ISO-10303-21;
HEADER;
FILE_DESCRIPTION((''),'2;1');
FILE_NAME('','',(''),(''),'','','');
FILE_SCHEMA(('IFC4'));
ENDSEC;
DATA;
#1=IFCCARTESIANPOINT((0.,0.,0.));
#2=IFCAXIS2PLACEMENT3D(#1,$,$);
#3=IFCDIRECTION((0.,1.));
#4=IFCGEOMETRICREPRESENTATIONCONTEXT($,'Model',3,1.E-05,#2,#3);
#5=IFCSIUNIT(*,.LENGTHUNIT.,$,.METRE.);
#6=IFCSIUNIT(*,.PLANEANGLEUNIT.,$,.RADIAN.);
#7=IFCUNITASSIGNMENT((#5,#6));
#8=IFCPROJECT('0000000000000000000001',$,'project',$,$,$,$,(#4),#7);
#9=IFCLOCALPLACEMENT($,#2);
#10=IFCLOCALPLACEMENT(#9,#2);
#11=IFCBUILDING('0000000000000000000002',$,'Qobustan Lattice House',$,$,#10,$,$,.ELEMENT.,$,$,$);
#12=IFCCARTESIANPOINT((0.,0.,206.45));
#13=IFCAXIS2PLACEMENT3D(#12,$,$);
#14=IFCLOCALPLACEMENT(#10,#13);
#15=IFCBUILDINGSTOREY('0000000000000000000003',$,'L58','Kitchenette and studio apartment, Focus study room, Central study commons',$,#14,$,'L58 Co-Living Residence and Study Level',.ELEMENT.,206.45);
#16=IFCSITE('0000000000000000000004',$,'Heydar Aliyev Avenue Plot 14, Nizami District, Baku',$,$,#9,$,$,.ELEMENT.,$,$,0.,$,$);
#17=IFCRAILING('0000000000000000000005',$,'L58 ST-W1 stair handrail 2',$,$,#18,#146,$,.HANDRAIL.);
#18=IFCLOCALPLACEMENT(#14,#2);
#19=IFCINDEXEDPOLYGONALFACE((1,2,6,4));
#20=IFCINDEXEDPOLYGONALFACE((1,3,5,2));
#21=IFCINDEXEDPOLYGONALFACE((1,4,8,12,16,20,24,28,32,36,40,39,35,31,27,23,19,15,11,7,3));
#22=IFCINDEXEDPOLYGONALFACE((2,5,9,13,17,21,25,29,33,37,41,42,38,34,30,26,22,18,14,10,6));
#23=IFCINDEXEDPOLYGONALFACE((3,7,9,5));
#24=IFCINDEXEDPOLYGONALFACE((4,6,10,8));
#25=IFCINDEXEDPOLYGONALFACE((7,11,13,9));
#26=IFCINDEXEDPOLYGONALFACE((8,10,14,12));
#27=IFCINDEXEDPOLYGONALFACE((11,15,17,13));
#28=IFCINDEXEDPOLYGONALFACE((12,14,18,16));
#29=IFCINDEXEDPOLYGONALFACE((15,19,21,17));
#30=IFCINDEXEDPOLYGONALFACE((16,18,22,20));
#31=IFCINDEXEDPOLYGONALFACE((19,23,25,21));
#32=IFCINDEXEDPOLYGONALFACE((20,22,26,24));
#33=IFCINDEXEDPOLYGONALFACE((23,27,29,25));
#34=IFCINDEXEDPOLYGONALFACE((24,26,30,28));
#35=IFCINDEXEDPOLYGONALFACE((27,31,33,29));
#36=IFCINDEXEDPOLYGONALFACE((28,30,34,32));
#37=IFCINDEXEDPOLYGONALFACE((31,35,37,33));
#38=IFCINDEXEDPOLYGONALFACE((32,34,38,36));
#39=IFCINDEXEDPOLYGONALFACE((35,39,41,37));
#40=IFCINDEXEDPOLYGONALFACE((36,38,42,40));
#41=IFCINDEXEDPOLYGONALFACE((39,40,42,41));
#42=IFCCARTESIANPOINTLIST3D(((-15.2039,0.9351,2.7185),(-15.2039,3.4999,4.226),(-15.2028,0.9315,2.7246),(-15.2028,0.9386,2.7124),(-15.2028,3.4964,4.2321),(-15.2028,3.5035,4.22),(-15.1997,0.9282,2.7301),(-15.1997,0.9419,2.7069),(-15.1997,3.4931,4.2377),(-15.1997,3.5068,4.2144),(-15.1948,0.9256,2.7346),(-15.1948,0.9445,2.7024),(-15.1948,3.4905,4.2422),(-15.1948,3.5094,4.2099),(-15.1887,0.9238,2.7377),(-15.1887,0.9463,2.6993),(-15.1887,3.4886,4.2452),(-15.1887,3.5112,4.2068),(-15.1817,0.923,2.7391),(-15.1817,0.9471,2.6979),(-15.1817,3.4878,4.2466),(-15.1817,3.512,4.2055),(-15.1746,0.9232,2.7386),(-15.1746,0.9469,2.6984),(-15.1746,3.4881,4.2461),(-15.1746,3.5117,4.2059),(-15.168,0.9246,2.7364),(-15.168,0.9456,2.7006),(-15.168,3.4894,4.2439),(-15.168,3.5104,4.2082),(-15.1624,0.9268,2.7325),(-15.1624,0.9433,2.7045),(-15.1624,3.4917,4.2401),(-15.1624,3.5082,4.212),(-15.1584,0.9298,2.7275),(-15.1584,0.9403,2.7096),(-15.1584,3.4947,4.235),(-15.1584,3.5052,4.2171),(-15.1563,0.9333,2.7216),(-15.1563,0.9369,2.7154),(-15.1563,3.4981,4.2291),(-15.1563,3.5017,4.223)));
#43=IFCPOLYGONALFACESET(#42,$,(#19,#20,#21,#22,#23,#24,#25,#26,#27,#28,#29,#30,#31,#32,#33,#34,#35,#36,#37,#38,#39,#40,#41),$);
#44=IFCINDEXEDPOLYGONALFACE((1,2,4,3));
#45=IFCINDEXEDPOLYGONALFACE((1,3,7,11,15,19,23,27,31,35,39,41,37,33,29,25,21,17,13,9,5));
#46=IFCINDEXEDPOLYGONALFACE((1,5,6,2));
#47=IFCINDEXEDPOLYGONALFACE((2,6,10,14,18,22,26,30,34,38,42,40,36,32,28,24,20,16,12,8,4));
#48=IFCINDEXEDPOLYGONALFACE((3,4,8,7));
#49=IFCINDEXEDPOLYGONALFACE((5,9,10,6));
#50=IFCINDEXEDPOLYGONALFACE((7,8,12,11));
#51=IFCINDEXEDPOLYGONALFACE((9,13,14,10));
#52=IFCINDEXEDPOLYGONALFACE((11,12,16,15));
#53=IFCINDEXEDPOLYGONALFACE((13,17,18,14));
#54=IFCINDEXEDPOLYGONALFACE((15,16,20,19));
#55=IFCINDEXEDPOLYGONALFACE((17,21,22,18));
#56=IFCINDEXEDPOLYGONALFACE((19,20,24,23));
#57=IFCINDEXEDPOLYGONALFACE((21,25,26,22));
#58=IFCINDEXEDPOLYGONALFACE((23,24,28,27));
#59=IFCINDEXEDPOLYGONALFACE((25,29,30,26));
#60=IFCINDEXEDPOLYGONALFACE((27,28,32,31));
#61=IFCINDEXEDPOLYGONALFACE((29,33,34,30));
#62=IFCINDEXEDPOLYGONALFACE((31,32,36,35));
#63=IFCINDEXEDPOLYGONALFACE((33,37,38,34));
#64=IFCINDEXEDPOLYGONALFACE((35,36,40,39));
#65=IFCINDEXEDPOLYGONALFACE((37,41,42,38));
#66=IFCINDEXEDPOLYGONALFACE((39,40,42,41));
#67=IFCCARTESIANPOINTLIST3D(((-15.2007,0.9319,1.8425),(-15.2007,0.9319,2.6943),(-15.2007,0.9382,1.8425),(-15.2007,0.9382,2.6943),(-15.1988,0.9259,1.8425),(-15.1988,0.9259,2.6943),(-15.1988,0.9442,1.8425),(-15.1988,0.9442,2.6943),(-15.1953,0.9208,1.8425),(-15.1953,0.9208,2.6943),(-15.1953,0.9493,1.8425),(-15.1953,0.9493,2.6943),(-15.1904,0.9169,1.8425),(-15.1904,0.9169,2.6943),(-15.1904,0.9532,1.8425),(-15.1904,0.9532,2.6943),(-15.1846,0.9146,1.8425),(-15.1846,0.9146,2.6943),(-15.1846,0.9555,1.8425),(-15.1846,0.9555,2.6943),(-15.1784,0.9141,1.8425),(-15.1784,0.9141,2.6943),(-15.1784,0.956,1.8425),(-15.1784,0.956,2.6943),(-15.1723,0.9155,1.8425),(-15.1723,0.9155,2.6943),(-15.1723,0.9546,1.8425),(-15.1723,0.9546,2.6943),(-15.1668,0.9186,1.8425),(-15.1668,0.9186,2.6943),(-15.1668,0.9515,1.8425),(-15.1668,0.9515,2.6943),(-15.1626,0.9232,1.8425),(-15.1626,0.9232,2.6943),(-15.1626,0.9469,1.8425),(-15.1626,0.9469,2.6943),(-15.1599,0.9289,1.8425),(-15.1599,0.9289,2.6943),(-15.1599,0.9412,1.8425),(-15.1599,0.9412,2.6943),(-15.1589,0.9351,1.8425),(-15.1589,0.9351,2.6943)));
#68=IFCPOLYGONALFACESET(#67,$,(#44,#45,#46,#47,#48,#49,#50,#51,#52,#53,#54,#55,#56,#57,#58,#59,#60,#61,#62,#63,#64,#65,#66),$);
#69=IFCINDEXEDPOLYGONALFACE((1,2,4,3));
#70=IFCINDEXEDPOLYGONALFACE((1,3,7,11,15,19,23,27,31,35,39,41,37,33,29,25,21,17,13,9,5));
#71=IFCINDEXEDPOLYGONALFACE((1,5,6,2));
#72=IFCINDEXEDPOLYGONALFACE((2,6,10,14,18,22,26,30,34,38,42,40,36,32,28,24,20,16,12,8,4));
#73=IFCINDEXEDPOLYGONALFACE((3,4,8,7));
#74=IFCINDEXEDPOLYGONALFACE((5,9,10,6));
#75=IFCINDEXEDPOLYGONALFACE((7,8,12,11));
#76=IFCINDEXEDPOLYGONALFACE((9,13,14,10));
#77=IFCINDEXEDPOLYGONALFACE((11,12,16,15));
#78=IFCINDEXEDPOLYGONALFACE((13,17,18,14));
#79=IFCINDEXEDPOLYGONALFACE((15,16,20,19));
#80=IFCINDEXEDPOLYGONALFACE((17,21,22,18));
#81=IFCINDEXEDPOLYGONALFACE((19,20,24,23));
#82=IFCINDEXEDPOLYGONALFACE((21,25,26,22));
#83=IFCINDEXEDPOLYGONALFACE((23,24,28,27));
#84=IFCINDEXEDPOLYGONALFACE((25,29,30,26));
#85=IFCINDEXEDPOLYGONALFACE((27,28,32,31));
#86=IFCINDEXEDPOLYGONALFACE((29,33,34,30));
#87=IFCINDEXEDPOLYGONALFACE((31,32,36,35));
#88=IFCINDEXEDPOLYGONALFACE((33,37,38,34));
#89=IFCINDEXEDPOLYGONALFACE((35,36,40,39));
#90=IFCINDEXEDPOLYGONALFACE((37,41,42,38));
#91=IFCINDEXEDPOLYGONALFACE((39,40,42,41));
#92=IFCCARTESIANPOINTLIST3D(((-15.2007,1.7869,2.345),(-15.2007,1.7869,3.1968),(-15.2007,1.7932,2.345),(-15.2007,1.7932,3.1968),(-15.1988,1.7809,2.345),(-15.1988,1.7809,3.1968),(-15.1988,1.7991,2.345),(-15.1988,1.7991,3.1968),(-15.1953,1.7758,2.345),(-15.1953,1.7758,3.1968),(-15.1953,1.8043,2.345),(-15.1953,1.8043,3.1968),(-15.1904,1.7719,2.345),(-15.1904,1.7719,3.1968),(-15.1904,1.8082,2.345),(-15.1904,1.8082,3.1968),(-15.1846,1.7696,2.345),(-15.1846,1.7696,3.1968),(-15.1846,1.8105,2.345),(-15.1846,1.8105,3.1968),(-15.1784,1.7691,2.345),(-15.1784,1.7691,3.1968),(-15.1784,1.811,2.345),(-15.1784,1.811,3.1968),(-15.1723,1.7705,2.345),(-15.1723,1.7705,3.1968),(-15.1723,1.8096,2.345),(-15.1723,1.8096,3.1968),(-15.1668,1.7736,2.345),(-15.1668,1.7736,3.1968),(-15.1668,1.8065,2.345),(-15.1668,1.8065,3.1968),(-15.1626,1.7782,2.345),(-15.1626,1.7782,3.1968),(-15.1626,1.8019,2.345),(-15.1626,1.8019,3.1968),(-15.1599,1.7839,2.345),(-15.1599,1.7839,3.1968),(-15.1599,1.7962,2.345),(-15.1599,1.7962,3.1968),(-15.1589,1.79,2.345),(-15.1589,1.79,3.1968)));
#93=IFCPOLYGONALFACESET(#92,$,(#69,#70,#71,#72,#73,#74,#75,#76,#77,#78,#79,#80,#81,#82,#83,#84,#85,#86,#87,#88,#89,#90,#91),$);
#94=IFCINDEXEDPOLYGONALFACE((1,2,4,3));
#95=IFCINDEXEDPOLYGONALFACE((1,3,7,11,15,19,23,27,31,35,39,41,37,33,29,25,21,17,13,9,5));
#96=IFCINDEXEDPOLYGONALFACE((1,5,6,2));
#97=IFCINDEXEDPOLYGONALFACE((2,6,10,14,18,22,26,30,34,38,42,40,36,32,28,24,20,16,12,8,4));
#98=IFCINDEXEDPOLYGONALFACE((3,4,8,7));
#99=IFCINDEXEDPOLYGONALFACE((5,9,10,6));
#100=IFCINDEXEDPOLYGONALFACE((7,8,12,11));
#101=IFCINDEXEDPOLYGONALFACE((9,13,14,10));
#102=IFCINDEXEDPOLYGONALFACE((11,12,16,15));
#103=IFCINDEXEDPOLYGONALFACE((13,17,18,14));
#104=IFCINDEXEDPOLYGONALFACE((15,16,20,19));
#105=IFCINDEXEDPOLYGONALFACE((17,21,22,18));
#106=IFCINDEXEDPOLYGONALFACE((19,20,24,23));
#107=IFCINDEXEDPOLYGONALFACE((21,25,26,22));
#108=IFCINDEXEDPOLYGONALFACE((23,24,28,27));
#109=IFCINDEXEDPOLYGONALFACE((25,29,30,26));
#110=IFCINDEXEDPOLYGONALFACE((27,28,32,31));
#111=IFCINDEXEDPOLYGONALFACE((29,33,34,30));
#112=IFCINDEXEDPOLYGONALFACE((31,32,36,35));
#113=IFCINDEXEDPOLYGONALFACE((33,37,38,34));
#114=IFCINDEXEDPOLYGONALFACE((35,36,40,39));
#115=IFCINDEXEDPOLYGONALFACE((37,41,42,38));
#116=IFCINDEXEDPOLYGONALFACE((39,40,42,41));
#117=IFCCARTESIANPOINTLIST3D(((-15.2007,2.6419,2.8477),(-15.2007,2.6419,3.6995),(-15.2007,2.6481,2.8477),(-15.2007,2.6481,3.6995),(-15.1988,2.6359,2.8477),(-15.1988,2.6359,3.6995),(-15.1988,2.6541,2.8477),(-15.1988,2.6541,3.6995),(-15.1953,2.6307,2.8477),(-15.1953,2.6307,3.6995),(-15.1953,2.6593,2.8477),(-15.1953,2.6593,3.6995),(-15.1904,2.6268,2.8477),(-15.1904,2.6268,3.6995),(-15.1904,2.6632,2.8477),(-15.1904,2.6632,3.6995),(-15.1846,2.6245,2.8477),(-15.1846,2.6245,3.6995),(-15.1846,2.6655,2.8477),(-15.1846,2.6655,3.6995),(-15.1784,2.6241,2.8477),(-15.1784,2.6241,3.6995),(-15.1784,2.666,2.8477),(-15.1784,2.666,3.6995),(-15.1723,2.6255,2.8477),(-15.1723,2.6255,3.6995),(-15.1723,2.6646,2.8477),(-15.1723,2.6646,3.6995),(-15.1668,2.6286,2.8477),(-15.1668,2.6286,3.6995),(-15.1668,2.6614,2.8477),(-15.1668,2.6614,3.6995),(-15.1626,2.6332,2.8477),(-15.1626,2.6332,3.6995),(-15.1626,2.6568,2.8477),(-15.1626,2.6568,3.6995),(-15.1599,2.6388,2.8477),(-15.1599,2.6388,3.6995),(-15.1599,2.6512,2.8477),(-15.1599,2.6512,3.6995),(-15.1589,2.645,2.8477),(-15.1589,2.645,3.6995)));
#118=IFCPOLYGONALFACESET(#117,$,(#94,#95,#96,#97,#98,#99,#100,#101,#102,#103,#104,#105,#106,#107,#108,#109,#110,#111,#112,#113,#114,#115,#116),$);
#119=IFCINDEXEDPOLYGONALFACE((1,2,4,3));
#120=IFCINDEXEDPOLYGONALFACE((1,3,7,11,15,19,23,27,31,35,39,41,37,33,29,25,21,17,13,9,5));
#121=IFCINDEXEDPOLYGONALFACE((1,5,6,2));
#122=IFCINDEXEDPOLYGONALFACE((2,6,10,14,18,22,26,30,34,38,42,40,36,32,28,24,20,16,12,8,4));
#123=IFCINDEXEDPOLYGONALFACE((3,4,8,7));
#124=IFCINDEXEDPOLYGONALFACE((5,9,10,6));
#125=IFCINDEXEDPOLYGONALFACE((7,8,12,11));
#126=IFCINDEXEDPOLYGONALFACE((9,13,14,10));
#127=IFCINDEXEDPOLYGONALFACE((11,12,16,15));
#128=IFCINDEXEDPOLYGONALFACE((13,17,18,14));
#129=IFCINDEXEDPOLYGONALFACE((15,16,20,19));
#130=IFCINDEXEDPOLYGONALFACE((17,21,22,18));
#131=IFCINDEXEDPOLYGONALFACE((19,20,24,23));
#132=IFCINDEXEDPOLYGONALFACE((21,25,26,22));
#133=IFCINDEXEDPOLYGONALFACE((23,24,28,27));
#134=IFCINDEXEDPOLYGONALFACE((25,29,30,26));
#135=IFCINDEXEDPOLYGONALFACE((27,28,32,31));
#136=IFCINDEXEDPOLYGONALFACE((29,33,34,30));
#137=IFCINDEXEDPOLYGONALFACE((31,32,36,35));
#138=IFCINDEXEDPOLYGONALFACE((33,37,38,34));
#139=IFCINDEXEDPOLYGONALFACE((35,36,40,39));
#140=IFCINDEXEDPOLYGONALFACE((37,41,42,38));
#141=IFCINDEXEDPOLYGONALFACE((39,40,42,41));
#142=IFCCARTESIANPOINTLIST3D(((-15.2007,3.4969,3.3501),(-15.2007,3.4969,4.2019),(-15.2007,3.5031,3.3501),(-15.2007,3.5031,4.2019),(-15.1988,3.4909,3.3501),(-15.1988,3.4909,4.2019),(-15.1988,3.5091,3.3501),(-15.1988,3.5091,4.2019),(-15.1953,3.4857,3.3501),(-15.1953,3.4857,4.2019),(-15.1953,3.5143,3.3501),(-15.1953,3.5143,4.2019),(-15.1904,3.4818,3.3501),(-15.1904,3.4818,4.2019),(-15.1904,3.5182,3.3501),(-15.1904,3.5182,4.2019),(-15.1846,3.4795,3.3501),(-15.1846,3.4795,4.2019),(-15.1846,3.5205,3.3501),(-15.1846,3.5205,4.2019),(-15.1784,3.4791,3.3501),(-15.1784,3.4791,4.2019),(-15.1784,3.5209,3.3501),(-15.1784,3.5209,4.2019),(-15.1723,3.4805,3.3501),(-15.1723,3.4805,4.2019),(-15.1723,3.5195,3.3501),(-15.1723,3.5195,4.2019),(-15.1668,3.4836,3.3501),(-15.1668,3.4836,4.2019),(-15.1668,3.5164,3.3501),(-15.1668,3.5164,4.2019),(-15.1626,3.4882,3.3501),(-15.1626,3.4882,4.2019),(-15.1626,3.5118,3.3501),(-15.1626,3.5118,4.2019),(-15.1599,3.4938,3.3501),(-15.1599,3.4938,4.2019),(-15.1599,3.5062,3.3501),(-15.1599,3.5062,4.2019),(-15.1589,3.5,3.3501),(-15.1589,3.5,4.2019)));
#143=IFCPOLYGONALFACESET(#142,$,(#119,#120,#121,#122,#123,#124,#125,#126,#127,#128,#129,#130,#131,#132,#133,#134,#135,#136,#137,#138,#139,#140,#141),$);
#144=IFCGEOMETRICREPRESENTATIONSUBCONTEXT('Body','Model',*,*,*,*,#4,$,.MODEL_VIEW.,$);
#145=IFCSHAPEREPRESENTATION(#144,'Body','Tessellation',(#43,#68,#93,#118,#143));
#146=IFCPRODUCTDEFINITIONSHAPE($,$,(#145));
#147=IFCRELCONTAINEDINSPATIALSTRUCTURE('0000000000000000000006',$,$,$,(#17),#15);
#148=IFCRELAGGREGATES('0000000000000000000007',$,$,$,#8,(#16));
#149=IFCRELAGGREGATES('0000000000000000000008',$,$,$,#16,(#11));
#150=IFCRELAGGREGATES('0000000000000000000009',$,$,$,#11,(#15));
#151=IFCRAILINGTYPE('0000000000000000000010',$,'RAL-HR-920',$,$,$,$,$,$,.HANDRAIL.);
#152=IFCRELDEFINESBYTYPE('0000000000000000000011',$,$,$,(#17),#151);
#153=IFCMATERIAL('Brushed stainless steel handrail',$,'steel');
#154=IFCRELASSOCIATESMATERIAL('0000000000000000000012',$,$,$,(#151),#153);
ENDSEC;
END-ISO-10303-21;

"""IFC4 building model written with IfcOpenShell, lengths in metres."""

from ifc_helpers import new_model, si_unit, direction, frame, origin, origin_2d, place, context, subcontext, project, spatial, circle, extrude, material, type_object, element, save


model = new_model("IFC4")

# Units and contexts
model_context = context("Model", 3, precision=1e-05, world=origin(), true_north=direction((0.0, 1.0)))
body_context = subcontext(model_context, "Body", "Model", "MODEL_VIEW")
ifc_project = project(units=[si_unit("LENGTHUNIT", "METRE"), si_unit("PLANEANGLEUNIT", "RADIAN")], contexts=[model_context])

# Site, building, storey
site_placement = place(None, origin())
site = spatial("IfcSite", under=ifc_project, at=site_placement, Name="Heydar Aliyev Avenue Plot 14, Nizami District, Baku", CompositionType="ELEMENT", RefElevation=0.0)
building_placement = place(site_placement, origin())
building = spatial("IfcBuilding", under=site, at=building_placement, Name="Qobustan Lattice House", CompositionType="ELEMENT")
storey_placement = place(building_placement, frame((0.0, 0.0, 206.45)))
storey = spatial("IfcBuildingStorey", under=building, at=storey_placement, Name="L58", Description="Kitchenette and studio apartment, Focus study room, Central study commons", LongName="L58 Co-Living Residence and Study Level", CompositionType="ELEMENT", Elevation=206.45)

# Railing
ifc_material_1 = material(Name="Brushed stainless steel handrail", Category="steel")
railing_type = type_object("IfcRailingType", Name="RAL-HR-920", PredefinedType="HANDRAIL", material=ifc_material_1)
railing_placement = place(storey_placement, frame((-15.1799, 0.9351, 1.8425)))
element("IfcRailing", 1, at=railing_placement, inside=storey, type_object=railing_type, Name="L58 ST-W1 stair handrail 2", PredefinedType="HANDRAIL", context=body_context, shape_type="SweptSolid", body=[
    extrude(circle(Radius=0.0239, at=origin_2d()), frame((0.0, 0.0, 0.876), z_axis=(0.0, 0.862113, 0.506715), x_axis=(-1.0, 0.0, 0.0)), (0.0, 0.0, 1.0), 2.9751),
    extrude(circle(Radius=0.021, at=origin_2d()), origin(), (0.0, 0.0, 1.0), 0.8518),
    extrude(circle(Radius=0.021, at=origin_2d()), frame((0.0, 0.855, 0.5024)), (0.0, 0.0, 1.0), 0.8518),
    extrude(circle(Radius=0.021, at=origin_2d()), frame((0.0, 1.71, 1.0051)), (0.0, 0.0, 1.0), 0.8518),
    extrude(circle(Radius=0.021, at=origin_2d()), frame((0.0, 2.5649, 1.5076)), (0.0, 0.0, 1.0), 0.8518),
])

save(model, "model.ifc")
